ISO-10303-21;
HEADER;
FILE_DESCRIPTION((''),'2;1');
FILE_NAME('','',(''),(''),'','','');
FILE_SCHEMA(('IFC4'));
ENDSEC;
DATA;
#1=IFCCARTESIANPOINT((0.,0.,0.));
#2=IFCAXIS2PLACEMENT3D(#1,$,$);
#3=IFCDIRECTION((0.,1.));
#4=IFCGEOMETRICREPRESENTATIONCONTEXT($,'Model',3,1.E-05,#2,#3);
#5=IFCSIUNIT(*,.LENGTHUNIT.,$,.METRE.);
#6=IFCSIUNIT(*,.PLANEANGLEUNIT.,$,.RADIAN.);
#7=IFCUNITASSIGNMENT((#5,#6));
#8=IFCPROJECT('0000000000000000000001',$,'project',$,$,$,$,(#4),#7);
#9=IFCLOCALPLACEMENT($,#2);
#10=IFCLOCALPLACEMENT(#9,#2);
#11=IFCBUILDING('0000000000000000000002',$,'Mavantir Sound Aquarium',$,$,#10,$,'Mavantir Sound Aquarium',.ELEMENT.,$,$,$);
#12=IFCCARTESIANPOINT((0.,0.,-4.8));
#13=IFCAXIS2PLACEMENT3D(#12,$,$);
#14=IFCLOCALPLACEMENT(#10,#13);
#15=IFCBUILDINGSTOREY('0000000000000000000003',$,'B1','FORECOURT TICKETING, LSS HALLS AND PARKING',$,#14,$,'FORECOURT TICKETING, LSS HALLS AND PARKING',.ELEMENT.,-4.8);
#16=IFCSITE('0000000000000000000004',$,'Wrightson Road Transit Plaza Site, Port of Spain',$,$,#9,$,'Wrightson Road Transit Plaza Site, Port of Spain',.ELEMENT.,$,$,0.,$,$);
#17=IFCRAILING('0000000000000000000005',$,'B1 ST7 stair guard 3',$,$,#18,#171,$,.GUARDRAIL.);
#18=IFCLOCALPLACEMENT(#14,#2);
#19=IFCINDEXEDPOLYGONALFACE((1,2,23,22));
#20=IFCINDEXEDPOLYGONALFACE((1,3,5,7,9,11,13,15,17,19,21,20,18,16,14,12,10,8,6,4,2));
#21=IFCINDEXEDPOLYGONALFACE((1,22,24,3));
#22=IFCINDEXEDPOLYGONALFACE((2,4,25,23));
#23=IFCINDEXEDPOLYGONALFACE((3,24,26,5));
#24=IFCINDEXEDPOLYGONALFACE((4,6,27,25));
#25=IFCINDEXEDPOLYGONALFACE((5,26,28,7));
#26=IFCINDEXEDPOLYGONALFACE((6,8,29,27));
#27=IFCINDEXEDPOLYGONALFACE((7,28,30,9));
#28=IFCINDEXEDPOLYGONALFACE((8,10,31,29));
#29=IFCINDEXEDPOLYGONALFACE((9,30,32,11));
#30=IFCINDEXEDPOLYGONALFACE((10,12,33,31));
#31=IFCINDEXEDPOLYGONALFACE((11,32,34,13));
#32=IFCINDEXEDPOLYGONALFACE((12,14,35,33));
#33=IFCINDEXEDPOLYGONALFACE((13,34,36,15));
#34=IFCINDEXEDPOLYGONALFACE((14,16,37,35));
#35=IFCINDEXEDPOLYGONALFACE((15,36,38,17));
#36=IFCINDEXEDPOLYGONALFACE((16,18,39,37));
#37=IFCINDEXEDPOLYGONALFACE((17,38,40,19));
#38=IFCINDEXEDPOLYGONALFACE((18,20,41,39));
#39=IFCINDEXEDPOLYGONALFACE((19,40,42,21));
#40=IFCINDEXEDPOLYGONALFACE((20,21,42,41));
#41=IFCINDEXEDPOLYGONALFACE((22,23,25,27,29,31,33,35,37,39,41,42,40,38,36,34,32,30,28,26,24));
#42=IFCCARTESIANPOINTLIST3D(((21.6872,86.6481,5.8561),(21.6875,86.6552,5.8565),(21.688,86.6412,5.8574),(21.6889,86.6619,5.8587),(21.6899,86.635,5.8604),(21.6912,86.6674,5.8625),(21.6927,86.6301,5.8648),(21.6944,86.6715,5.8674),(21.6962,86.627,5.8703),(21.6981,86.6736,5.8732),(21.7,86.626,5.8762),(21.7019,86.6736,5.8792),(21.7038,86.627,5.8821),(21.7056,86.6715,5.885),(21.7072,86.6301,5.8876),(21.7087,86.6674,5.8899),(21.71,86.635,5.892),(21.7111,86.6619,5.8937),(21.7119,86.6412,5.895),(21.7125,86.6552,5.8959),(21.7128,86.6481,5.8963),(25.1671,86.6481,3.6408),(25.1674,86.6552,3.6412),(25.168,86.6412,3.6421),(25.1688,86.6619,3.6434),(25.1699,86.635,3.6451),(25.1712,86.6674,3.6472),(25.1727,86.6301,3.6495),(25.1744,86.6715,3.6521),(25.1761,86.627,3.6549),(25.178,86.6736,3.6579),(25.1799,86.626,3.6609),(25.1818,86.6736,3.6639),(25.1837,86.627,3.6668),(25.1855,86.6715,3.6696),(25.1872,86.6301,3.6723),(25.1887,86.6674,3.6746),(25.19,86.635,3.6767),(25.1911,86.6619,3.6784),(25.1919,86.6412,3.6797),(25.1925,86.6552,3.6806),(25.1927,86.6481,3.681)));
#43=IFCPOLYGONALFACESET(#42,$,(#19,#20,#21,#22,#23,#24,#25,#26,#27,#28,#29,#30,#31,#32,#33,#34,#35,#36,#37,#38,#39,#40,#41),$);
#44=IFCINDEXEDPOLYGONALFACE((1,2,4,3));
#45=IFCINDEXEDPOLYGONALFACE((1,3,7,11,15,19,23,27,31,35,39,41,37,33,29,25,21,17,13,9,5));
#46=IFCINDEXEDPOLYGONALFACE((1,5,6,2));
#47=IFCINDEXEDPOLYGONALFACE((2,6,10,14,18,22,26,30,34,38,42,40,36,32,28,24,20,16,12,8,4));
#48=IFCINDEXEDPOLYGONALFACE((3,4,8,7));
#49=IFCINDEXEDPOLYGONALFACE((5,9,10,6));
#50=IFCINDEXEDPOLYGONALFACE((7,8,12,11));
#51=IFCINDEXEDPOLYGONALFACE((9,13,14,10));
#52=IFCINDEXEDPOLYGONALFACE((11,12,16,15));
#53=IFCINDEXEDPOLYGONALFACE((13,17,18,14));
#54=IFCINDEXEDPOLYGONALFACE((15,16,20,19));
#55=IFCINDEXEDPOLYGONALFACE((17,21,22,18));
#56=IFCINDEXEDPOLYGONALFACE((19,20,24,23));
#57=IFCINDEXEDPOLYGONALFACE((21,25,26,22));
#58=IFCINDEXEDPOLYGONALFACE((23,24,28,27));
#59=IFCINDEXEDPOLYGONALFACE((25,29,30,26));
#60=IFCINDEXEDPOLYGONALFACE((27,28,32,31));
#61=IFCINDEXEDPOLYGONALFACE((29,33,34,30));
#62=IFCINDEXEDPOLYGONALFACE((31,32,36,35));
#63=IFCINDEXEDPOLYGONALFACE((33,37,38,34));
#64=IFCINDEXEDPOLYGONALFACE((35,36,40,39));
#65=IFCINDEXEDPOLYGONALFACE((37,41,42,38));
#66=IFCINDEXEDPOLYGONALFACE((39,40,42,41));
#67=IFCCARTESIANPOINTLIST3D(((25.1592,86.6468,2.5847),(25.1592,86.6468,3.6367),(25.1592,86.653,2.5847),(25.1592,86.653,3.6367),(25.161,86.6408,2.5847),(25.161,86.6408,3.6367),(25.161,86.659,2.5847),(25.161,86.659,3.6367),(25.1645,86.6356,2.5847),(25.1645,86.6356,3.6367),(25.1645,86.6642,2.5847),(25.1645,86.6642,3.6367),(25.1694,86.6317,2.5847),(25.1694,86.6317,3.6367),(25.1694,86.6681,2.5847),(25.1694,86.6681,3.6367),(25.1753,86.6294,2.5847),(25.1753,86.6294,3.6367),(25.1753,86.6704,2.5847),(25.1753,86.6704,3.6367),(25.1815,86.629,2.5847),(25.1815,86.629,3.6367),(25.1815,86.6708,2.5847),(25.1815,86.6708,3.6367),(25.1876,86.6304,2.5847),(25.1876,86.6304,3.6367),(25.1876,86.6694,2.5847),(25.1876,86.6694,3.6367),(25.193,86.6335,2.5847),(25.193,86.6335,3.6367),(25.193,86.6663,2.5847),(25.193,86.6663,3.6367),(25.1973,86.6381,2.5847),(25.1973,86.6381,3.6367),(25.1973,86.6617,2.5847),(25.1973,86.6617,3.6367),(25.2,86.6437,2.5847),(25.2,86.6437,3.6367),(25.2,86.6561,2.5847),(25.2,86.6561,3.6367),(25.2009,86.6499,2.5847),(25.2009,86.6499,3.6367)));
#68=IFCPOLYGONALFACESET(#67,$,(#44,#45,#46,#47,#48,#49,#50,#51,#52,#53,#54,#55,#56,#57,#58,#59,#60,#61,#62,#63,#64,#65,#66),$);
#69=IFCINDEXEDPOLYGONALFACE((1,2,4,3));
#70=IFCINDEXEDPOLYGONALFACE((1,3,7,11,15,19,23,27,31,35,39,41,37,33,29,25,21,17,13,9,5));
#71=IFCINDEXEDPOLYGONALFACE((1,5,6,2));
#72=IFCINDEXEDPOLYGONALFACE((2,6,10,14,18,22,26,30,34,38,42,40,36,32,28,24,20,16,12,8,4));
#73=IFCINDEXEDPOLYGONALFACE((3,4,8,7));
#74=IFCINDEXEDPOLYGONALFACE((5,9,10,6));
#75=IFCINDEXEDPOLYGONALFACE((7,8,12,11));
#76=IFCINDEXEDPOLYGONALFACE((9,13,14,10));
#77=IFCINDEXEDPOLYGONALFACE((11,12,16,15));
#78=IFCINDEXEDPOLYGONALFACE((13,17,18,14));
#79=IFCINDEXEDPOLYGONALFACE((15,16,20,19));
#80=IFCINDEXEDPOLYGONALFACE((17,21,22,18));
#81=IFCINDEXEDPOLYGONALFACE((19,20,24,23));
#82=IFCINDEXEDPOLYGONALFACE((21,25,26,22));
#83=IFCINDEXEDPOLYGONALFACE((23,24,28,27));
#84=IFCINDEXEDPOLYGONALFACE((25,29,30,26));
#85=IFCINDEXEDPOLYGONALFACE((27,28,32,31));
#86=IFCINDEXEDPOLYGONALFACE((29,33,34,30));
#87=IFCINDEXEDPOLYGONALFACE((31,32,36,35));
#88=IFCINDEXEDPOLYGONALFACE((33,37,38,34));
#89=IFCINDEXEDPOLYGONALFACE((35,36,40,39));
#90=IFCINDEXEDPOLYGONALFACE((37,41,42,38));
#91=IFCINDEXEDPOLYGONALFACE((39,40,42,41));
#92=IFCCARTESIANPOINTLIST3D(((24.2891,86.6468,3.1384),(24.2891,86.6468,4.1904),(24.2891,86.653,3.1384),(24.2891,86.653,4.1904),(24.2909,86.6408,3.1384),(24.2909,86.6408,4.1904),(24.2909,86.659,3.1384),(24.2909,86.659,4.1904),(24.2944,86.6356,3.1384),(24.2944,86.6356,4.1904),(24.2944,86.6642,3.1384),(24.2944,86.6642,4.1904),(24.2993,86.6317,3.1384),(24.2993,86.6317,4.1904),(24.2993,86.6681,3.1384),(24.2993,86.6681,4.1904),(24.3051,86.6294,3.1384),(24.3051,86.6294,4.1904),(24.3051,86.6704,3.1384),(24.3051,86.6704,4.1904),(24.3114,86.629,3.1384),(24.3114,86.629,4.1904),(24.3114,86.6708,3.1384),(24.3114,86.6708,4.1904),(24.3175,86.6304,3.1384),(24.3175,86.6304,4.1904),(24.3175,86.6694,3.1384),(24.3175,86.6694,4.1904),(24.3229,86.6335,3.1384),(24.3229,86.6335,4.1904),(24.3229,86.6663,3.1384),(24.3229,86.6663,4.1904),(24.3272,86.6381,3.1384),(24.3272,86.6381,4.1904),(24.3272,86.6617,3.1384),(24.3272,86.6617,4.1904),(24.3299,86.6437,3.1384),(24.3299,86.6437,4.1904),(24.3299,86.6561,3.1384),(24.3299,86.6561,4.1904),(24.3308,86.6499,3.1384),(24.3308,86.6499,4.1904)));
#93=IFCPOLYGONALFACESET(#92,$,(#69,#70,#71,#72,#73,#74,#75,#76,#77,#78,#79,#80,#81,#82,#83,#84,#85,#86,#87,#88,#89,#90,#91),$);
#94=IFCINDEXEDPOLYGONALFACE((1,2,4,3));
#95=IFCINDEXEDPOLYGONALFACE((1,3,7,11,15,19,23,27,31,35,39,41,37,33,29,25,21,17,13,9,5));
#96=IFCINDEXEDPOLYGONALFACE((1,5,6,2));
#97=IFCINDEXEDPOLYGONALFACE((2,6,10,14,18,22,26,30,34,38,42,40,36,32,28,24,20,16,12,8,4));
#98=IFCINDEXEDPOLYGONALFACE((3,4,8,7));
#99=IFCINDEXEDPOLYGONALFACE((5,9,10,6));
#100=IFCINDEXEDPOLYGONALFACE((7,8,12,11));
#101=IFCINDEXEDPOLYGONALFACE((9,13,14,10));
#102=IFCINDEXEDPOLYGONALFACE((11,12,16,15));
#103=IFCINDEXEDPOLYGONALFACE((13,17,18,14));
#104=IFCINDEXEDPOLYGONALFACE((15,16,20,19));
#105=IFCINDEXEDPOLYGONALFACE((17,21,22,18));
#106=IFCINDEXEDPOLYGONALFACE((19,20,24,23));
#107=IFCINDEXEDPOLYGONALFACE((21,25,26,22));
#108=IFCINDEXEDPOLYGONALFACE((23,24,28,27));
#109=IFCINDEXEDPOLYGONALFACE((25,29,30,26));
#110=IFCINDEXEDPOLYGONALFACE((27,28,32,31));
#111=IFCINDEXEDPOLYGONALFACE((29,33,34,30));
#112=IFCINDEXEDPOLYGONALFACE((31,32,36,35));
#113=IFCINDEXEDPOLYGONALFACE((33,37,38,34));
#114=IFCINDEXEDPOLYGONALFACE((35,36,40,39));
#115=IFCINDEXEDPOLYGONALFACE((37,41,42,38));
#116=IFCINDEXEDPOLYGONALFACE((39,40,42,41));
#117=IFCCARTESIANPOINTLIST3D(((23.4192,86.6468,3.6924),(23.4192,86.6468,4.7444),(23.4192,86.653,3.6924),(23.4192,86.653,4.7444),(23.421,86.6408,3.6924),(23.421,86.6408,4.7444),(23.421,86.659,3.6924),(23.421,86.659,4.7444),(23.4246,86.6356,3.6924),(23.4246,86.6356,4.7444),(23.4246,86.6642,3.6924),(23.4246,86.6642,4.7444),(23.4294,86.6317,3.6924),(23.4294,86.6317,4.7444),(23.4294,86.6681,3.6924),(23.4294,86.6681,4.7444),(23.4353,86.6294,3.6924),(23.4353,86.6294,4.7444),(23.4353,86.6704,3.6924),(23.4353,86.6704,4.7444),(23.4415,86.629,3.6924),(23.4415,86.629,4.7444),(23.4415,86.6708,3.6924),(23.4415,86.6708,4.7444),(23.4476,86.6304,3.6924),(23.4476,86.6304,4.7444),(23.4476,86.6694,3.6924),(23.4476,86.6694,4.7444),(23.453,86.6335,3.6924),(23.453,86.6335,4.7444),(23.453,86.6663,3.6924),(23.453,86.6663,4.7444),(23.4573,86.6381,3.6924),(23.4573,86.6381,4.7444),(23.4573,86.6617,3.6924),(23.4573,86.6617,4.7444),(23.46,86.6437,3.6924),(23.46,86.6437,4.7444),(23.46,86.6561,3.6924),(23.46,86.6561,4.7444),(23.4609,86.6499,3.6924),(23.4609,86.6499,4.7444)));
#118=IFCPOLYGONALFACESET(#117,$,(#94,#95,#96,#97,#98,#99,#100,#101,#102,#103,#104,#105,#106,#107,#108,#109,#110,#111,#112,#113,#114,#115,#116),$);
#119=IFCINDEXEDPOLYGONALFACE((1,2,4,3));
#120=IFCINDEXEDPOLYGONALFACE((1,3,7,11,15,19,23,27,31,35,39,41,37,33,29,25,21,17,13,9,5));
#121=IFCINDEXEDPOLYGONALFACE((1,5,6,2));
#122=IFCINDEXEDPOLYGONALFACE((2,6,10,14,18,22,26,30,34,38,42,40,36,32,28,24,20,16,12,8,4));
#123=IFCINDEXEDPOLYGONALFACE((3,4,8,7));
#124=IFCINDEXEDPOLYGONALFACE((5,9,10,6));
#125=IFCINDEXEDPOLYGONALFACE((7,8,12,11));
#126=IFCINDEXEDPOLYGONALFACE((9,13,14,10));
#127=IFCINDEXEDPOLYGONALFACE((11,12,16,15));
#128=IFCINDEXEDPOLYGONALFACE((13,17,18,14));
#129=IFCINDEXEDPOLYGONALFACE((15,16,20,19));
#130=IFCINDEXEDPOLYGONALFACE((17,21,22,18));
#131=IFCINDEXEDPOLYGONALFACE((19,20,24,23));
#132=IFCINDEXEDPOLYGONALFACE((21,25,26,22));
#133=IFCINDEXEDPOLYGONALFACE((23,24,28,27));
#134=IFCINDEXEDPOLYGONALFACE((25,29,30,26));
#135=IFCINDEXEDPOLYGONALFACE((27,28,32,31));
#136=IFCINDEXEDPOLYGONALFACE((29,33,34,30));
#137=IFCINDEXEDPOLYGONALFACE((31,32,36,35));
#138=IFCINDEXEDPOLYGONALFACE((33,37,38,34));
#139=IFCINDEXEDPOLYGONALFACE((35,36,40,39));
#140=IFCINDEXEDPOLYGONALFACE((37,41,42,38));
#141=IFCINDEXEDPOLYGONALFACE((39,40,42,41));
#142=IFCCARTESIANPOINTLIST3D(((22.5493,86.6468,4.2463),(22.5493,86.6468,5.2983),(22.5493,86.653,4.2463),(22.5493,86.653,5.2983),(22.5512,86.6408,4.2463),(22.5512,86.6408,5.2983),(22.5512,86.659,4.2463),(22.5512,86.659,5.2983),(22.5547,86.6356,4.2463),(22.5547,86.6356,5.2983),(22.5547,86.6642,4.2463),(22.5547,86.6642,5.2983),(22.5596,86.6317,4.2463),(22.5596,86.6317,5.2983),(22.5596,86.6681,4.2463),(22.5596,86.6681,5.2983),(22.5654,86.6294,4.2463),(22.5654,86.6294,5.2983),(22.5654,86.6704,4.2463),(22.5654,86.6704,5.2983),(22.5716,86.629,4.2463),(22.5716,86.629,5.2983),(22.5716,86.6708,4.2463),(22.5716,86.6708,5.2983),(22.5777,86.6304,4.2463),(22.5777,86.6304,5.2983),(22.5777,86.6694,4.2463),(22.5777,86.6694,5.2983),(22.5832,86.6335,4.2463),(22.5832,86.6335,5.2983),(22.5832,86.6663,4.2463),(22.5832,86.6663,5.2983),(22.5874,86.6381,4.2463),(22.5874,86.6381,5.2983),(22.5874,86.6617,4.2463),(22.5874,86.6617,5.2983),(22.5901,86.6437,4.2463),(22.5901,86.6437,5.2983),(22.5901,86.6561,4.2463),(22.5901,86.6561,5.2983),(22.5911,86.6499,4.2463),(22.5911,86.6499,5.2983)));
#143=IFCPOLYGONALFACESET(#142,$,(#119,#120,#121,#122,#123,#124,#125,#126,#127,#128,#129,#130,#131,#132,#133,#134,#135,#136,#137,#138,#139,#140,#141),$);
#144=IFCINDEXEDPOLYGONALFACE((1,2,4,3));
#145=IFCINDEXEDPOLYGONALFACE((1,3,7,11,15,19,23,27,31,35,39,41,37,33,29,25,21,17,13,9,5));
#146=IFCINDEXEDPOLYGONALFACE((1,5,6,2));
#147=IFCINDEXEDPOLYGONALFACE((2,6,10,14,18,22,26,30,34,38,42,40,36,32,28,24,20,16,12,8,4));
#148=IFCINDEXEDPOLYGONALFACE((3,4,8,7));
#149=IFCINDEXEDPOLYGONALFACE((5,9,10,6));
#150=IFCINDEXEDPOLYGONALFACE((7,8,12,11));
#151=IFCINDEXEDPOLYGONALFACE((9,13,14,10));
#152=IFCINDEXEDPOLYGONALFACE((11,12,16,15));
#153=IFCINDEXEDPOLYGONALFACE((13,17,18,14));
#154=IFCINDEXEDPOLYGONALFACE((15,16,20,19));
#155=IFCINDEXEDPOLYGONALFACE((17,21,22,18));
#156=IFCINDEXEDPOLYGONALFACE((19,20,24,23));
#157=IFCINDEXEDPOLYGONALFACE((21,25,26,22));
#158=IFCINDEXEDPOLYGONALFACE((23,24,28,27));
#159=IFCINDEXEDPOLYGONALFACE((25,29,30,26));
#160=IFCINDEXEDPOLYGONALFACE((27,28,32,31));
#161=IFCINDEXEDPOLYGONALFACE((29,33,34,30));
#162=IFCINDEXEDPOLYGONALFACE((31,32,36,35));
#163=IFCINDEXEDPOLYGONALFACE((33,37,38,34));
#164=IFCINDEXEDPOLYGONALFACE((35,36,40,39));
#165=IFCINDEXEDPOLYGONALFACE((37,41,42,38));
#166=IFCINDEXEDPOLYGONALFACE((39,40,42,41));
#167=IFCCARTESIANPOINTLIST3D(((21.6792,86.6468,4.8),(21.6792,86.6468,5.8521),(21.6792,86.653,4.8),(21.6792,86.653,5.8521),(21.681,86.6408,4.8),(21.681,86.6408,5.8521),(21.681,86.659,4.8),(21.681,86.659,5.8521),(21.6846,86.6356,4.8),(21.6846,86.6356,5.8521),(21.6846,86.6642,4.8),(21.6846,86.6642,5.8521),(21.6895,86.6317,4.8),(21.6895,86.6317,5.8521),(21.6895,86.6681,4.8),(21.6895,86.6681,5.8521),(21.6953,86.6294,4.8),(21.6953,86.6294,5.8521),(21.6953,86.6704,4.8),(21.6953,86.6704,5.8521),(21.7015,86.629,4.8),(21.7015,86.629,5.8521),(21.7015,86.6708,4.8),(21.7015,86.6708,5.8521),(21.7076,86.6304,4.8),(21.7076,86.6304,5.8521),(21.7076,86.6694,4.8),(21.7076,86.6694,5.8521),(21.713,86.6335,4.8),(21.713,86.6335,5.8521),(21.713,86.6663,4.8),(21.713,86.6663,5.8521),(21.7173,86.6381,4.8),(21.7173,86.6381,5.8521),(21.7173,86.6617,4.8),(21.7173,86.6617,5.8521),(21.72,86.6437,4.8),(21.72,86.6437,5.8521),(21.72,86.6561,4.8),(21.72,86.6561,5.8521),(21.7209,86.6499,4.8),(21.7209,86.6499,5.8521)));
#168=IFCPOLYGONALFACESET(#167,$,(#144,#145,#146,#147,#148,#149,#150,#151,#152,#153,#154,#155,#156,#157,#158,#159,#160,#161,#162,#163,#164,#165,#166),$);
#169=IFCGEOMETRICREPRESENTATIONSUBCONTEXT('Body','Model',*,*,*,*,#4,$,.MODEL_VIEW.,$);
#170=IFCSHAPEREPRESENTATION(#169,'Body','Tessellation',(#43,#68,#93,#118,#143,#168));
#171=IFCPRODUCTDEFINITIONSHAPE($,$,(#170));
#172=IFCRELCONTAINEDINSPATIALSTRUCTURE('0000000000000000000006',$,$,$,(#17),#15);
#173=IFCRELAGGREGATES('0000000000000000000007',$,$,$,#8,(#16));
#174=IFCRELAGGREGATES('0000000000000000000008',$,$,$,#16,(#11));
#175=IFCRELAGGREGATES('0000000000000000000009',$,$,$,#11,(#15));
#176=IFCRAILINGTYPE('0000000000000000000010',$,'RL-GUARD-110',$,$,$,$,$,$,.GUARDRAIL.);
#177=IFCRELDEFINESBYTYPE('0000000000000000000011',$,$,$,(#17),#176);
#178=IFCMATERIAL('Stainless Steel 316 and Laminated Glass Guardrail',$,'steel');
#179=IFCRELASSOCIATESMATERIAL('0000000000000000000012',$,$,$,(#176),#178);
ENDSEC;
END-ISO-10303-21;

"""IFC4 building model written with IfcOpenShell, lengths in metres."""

from ifc_helpers import new_model, si_unit, direction, frame, origin, origin_2d, place, context, subcontext, project, spatial, circle, extrude, material, type_object, element, save


model = new_model("IFC4")

# Units and contexts
model_context = context("Model", 3, precision=1e-05, world=origin(), true_north=direction((0.0, 1.0)))
body_context = subcontext(model_context, "Body", "Model", "MODEL_VIEW")
ifc_project = project(units=[si_unit("LENGTHUNIT", "METRE"), si_unit("PLANEANGLEUNIT", "RADIAN")], contexts=[model_context])

# Site, building, storey
site_placement = place(None, origin())
site = spatial("IfcSite", under=ifc_project, at=site_placement, Name="Wrightson Road Transit Plaza Site, Port of Spain", LongName="Wrightson Road Transit Plaza Site, Port of Spain", CompositionType="ELEMENT", RefElevation=0.0)
building_placement = place(site_placement, origin())
building = spatial("IfcBuilding", under=site, at=building_placement, Name="Mavantir Sound Aquarium", LongName="Mavantir Sound Aquarium", CompositionType="ELEMENT")
storey_placement = place(building_placement, frame((0.0, 0.0, -4.8)))
storey = spatial("IfcBuildingStorey", under=building, at=storey_placement, Name="B1", Description="FORECOURT TICKETING, LSS HALLS AND PARKING", LongName="FORECOURT TICKETING, LSS HALLS AND PARKING", CompositionType="ELEMENT", Elevation=-4.8)

# Railing
ifc_material_1 = material(Name="Stainless Steel 316 and Laminated Glass Guardrail", Category="steel")
railing_type_1 = type_object("IfcRailingType", Name="RL-GUARD-110", PredefinedType="GUARDRAIL", material=ifc_material_1)
railing_1_placement = place(storey_placement, frame((25.1799, 86.6499, 2.5847)))
element("IfcRailing", 1, at=railing_1_placement, inside=storey, type_object=railing_type_1, Name="B1 ST7 stair guard 3", PredefinedType="GUARDRAIL", context=body_context, shape_type="SweptSolid", body=[
    extrude(circle(Radius=0.0239, at=origin_2d()), frame((0.0, 0.0, 1.0762), z_axis=(-0.843574, 0.0, 0.537013), x_axis=(0.0, -1.0, 0.0)), (0.0, 0.0, 1.0), 4.1252),
    extrude(circle(Radius=0.021, at=origin_2d()), origin(), (0.0, 0.0, 1.0), 1.052),
    extrude(circle(Radius=0.021, at=origin_2d()), frame((-0.8701, 0.0, 0.5537)), (0.0, 0.0, 1.0), 1.052),
    extrude(circle(Radius=0.021, at=origin_2d()), frame((-1.74, 0.0, 1.1077)), (0.0, 0.0, 1.0), 1.052),
    extrude(circle(Radius=0.021, at=origin_2d()), frame((-2.6099, 0.0, 1.6616)), (0.0, 0.0, 1.0), 1.052),
    extrude(circle(Radius=0.021, at=origin_2d()), frame((-3.48, 0.0, 2.2153)), (0.0, 0.0, 1.0), 1.052),
])

save(model, "model.ifc")
